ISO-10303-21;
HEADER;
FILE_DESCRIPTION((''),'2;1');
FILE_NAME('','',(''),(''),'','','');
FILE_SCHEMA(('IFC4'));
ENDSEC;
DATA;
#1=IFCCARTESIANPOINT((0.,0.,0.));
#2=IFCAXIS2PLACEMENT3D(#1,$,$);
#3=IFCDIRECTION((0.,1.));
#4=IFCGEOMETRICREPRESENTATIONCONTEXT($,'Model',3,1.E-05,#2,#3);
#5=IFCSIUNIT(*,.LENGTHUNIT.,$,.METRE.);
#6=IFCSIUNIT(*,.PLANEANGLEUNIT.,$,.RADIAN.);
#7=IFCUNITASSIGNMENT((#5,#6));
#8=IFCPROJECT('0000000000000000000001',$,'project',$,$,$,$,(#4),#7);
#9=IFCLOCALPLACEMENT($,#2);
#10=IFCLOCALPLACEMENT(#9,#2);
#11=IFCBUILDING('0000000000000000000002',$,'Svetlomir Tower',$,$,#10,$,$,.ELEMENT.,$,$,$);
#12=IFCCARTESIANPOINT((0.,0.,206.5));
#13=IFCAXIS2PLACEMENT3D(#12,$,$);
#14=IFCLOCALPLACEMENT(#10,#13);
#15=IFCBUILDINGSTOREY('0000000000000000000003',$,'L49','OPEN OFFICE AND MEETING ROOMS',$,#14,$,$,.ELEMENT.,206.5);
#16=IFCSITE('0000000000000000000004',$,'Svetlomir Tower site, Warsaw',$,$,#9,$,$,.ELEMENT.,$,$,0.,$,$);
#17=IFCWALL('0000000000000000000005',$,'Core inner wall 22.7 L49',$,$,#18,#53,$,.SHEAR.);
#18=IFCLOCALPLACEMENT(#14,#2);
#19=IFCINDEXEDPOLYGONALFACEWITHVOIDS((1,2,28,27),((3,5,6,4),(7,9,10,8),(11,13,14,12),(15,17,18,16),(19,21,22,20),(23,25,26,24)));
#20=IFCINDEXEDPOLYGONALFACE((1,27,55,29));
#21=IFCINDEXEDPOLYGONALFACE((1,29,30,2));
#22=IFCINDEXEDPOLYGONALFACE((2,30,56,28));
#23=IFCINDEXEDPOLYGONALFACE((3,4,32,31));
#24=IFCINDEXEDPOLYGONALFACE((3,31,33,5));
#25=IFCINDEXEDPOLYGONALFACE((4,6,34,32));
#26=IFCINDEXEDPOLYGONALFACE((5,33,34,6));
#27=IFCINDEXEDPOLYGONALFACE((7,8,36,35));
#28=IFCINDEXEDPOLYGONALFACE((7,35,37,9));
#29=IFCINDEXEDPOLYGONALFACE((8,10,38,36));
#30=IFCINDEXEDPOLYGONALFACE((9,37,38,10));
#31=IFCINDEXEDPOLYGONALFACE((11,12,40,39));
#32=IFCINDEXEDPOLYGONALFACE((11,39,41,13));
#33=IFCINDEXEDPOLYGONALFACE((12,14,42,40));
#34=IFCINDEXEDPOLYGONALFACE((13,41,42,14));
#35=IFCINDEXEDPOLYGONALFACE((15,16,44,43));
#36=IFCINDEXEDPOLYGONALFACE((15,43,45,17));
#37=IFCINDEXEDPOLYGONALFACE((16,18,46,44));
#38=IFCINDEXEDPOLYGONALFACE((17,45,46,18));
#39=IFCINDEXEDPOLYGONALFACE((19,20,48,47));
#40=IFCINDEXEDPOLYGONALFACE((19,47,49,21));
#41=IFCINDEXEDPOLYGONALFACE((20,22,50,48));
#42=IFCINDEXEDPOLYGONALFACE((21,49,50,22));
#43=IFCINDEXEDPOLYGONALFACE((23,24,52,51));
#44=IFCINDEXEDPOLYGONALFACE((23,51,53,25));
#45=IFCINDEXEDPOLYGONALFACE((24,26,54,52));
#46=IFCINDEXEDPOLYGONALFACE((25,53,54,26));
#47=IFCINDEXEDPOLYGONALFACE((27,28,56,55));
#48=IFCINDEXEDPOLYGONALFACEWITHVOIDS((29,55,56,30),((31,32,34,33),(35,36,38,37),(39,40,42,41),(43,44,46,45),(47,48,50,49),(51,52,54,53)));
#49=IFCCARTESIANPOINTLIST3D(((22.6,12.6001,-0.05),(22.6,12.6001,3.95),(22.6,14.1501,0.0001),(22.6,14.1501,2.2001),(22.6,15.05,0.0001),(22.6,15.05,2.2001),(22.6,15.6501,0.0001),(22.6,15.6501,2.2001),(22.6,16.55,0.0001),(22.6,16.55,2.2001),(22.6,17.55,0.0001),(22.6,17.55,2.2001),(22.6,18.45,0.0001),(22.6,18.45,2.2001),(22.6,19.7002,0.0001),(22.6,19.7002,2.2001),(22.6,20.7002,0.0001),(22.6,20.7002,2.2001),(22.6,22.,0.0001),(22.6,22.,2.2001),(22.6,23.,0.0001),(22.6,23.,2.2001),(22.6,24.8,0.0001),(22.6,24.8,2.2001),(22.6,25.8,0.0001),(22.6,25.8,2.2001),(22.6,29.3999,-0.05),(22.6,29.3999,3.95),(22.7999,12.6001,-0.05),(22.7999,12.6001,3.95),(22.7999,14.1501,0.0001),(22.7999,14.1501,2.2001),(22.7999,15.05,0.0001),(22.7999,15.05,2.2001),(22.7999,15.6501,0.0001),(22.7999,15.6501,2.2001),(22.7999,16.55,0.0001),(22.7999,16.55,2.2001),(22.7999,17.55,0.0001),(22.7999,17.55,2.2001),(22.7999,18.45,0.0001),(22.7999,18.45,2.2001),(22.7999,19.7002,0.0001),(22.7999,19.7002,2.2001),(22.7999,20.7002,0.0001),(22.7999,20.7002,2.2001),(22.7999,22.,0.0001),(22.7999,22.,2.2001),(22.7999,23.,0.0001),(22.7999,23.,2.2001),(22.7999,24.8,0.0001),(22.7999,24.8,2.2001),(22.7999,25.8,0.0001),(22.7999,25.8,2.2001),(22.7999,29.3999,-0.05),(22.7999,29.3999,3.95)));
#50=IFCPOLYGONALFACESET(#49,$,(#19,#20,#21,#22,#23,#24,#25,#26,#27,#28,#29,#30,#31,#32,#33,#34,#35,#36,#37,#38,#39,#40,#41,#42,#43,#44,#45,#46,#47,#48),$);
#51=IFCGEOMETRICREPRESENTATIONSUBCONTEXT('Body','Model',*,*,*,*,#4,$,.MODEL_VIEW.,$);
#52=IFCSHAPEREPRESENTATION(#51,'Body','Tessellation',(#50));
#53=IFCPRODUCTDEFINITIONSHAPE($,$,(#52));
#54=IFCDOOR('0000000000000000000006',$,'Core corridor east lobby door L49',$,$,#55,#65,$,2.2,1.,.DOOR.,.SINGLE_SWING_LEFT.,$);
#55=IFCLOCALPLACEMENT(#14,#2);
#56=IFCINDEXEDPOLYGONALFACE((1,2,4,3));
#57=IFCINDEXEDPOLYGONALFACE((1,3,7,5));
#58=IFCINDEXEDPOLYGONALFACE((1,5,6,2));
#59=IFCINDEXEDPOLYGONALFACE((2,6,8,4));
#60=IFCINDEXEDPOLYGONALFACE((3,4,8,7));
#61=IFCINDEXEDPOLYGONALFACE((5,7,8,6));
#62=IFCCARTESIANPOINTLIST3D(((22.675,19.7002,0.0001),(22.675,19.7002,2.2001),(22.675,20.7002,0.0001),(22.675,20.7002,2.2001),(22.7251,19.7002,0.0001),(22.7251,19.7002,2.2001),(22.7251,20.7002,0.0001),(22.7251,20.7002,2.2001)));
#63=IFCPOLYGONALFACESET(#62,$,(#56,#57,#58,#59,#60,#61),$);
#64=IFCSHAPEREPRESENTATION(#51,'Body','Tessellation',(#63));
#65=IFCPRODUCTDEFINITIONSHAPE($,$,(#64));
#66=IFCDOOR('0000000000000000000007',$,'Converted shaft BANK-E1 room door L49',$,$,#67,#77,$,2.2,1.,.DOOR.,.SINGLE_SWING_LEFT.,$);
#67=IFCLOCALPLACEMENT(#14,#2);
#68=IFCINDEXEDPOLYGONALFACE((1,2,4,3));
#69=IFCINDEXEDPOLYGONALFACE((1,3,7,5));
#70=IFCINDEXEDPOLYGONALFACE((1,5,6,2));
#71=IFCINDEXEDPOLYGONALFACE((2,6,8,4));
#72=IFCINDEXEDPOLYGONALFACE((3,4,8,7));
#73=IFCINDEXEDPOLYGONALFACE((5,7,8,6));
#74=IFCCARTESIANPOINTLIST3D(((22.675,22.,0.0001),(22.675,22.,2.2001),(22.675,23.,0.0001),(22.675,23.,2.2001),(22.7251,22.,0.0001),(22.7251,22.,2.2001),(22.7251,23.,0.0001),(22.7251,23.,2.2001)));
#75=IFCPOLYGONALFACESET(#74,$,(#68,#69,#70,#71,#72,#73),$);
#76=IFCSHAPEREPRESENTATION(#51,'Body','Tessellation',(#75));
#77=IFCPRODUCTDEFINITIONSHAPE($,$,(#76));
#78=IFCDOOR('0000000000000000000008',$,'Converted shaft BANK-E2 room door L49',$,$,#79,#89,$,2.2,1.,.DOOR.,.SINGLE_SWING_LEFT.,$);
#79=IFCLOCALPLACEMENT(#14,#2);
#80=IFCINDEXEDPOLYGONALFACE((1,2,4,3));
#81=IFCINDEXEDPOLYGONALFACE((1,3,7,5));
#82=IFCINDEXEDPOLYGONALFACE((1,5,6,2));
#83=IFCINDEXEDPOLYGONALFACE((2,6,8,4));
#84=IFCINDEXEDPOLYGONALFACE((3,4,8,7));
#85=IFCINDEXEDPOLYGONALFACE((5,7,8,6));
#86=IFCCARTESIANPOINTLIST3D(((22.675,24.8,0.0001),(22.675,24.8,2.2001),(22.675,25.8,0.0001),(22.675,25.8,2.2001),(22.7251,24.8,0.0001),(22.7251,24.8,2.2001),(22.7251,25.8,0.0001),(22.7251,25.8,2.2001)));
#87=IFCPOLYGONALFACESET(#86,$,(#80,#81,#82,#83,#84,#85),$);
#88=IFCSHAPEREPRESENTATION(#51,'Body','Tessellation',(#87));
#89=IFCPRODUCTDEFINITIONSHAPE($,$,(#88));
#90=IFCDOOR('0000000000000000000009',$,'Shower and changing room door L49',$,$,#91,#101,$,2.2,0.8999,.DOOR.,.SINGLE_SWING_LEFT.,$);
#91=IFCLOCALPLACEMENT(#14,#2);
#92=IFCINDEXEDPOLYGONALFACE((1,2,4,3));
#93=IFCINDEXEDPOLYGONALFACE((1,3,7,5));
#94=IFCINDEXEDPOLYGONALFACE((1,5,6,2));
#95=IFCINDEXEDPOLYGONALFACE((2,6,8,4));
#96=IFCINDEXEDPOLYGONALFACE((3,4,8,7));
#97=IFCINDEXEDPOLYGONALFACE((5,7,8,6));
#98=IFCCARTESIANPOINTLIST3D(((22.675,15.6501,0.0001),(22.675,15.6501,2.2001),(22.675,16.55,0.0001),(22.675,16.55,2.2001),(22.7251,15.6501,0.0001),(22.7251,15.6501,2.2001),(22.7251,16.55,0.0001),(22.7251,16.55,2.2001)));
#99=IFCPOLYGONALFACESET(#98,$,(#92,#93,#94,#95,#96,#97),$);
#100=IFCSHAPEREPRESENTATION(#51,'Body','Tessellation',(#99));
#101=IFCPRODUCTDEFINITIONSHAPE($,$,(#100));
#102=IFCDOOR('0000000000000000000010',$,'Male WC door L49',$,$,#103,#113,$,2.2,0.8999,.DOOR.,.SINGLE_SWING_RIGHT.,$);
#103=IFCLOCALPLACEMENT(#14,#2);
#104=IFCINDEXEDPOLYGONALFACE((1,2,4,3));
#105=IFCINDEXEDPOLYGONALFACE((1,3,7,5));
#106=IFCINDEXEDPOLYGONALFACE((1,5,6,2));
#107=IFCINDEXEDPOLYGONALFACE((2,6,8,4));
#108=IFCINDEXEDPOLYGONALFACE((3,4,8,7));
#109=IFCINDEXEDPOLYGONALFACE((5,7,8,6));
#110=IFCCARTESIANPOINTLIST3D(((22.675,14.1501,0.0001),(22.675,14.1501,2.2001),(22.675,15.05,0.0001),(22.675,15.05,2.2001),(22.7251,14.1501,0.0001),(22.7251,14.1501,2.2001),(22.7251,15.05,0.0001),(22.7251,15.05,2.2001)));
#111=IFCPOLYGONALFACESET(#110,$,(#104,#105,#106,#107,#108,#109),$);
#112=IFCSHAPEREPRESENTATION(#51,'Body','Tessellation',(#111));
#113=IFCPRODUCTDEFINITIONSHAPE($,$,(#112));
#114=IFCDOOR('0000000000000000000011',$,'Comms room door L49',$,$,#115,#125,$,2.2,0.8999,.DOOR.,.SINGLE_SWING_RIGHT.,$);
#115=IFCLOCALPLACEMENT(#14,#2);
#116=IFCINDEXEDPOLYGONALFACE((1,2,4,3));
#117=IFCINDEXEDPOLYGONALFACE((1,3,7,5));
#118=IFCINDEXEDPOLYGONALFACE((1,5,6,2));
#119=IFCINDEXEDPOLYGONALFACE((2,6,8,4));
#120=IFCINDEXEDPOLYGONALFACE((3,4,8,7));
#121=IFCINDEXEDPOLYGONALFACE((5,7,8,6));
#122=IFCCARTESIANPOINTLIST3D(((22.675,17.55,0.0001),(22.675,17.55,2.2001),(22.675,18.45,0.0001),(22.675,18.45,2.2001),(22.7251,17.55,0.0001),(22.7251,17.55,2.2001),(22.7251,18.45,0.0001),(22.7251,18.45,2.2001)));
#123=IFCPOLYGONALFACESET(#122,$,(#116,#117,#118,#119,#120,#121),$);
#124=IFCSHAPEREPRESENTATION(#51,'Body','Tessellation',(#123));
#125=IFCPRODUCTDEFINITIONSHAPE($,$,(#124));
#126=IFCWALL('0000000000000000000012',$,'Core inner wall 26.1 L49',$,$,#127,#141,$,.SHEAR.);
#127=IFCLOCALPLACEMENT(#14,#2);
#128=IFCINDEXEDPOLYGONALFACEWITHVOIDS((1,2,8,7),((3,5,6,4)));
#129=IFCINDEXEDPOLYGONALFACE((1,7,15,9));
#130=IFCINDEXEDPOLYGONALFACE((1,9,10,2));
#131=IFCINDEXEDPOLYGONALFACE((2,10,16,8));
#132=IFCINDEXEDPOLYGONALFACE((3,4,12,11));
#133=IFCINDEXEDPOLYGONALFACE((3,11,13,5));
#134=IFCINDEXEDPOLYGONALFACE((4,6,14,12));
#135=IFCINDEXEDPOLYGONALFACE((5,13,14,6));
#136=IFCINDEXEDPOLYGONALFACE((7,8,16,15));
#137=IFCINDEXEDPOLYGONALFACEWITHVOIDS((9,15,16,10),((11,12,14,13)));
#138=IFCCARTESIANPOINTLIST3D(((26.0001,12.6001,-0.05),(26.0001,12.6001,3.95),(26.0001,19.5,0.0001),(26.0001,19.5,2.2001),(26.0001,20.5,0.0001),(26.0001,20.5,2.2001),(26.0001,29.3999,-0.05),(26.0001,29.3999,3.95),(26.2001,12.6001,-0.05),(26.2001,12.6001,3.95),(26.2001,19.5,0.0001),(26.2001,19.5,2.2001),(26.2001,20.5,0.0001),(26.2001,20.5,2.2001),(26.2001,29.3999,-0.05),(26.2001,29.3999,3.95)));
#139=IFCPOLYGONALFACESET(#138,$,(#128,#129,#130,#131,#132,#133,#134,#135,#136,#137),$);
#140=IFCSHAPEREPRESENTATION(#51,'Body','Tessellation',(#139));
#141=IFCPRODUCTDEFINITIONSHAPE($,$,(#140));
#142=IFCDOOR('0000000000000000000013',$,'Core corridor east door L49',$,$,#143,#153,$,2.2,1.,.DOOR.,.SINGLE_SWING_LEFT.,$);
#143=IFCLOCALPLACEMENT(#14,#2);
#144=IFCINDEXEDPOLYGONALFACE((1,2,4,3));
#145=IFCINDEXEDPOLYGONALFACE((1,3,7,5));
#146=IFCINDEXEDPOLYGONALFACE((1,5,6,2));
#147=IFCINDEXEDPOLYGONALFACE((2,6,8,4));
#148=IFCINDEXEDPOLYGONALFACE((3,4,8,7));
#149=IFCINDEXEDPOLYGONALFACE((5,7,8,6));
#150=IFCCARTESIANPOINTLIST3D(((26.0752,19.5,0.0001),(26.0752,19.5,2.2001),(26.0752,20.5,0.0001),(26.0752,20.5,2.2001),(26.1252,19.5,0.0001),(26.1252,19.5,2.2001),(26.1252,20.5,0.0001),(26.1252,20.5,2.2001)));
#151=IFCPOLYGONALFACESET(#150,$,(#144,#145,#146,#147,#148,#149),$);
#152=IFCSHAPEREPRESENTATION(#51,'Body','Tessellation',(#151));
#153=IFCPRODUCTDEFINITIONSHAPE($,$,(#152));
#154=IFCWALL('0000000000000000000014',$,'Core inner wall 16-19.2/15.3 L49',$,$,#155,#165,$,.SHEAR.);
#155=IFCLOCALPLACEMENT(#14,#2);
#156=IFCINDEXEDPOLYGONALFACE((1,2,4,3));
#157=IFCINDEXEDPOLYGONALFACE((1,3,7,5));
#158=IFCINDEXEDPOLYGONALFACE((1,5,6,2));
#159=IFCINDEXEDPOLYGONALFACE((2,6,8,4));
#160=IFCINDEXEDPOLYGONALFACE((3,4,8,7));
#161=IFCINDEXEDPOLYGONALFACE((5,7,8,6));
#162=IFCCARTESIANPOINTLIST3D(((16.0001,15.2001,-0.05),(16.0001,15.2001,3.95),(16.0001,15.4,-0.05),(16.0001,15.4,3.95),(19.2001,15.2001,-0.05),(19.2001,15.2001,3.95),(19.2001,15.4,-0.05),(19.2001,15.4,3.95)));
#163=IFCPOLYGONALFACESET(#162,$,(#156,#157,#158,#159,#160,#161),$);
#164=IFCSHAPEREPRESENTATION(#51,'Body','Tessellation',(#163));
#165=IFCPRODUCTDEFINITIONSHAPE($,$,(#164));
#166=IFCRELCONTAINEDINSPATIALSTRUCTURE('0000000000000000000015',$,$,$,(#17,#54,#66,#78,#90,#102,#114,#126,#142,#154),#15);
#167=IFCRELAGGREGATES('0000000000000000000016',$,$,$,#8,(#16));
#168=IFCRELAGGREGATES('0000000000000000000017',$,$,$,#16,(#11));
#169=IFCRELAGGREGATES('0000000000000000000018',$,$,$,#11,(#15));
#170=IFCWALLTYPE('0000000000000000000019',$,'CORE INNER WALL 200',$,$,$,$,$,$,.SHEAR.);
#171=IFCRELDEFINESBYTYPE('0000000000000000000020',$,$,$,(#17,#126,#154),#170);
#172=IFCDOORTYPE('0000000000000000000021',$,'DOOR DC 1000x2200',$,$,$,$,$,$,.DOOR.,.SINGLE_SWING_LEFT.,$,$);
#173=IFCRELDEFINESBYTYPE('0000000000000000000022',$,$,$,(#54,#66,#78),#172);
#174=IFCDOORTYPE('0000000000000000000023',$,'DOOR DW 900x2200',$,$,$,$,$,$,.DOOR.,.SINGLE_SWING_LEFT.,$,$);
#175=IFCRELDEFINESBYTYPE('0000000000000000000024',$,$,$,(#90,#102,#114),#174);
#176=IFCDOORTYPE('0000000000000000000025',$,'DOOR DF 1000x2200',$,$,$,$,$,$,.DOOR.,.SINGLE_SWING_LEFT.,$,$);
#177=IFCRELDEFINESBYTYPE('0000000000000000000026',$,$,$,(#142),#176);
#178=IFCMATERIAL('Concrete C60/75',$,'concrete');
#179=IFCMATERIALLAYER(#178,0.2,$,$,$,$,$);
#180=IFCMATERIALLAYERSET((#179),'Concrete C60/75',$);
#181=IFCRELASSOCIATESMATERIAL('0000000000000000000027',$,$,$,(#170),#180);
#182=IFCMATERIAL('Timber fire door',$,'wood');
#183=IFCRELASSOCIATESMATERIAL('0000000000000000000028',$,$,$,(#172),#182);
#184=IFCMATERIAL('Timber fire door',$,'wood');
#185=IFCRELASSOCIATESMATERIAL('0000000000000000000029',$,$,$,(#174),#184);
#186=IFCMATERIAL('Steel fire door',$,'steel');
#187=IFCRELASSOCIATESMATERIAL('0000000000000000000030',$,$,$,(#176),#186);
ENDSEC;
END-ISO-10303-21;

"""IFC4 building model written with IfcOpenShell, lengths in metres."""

from ifc_helpers import new_model, si_unit, direction, frame, frame_2d, origin, place, context, subcontext, project, spatial, rectangle, extrude, material, layer, layer_set, type_object, element, fill, save


model = new_model("IFC4")

# Units and contexts
model_context = context("Model", 3, precision=1e-05, world=origin(), true_north=direction((0.0, 1.0)))
body_context = subcontext(model_context, "Body", "Model", "MODEL_VIEW")
ifc_project = project(units=[si_unit("LENGTHUNIT", "METRE"), si_unit("PLANEANGLEUNIT", "RADIAN")], contexts=[model_context])

# Site, building, storey
site_placement = place(None, origin())
site = spatial("IfcSite", under=ifc_project, at=site_placement, Name="Svetlomir Tower site, Warsaw", CompositionType="ELEMENT", RefElevation=0.0)
building_placement = place(site_placement, origin())
building = spatial("IfcBuilding", under=site, at=building_placement, Name="Svetlomir Tower", CompositionType="ELEMENT")
storey_placement = place(building_placement, frame((0.0, 0.0, 206.5)))
storey = spatial("IfcBuildingStorey", under=building, at=storey_placement, Name="L49", Description="OPEN OFFICE AND MEETING ROOMS", CompositionType="ELEMENT", Elevation=206.5)

# Wall, openings, doors
ifc_material_1 = material(Name="Concrete C60/75", Category="concrete")
ifc_layer_1 = layer(ifc_material_1, 0.2)
ifc_layer_set_1 = layer_set([ifc_layer_1], Name="Concrete C60/75")
wall_type_1 = type_object("IfcWallType", Name="CORE INNER WALL 200", PredefinedType="SHEAR", material=ifc_layer_set_1)
wall_1_placement = place(storey_placement, frame((22.7, 12.6001, -0.05), z_axis=(0.0, 0.0, 1.0), x_axis=(0.0, 1.0, 0.0)))
wall_1 = element("IfcWall", 1, at=wall_1_placement, inside=storey, type_object=wall_type_1, Name="Core inner wall 22.7 L49", PredefinedType="SHEAR", context=body_context, shape_type="SweptSolid", body=[
    extrude(rectangle(XDim=16.7998, YDim=0.2, at=frame_2d((8.3999, 0.0))), origin(), (0.0, 0.0, 1.0), 4.0),
])
opening_1_placement = place(wall_1_placement, frame((3.05, 0.0, 0.05)))
opening_1 = element("IfcOpeningElement", 2, at=opening_1_placement, cuts=wall_1, PredefinedType="OPENING", context=body_context, shape_type="SweptSolid", body=[
    extrude(rectangle(XDim=0.8999, YDim=2.2, at=frame_2d((0.45, 1.1001))), frame((0.0, 0.1099, 0.0), z_axis=(0.0, -1.0, 0.0), x_axis=(1.0, 0.0, 0.0)), (0.0, 0.0, 1.0), 0.22),
])
opening_2_placement = place(wall_1_placement, frame((7.1001, 0.0, 0.05)))
opening_2 = element("IfcOpeningElement", 3, at=opening_2_placement, cuts=wall_1, PredefinedType="OPENING", context=body_context, shape_type="SweptSolid", body=[
    extrude(rectangle(XDim=1.0, YDim=2.2, at=frame_2d((0.5, 1.1001))), frame((0.0, 0.1099, 0.0), z_axis=(0.0, -1.0, 0.0), x_axis=(1.0, 0.0, 0.0)), (0.0, 0.0, 1.0), 0.22),
])
opening_3_placement = place(wall_1_placement, frame((1.55, 0.0, 0.05)))
opening_3 = element("IfcOpeningElement", 4, at=opening_3_placement, cuts=wall_1, PredefinedType="OPENING", context=body_context, shape_type="SweptSolid", body=[
    extrude(rectangle(XDim=0.8999, YDim=2.2, at=frame_2d((0.45, 1.1001))), frame((0.0, 0.1099, 0.0), z_axis=(0.0, -1.0, 0.0), x_axis=(1.0, 0.0, 0.0)), (0.0, 0.0, 1.0), 0.22),
])
opening_4_placement = place(wall_1_placement, frame((4.95, 0.0, 0.05)))
opening_4 = element("IfcOpeningElement", 5, at=opening_4_placement, cuts=wall_1, PredefinedType="OPENING", context=body_context, shape_type="SweptSolid", body=[
    extrude(rectangle(XDim=0.8999, YDim=2.2, at=frame_2d((0.45, 1.1001))), frame((0.0, 0.1099, 0.0), z_axis=(0.0, -1.0, 0.0), x_axis=(1.0, 0.0, 0.0)), (0.0, 0.0, 1.0), 0.22),
])
opening_5_placement = place(wall_1_placement, frame((9.3999, 0.0, 0.05)))
opening_5 = element("IfcOpeningElement", 6, at=opening_5_placement, cuts=wall_1, PredefinedType="OPENING", context=body_context, shape_type="SweptSolid", body=[
    extrude(rectangle(XDim=1.0, YDim=2.2, at=frame_2d((0.5, 1.1001))), frame((0.0, 0.1099, 0.0), z_axis=(0.0, -1.0, 0.0), x_axis=(1.0, 0.0, 0.0)), (0.0, 0.0, 1.0), 0.22),
])
opening_6_placement = place(wall_1_placement, frame((12.2, 0.0, 0.05)))
opening_6 = element("IfcOpeningElement", 7, at=opening_6_placement, cuts=wall_1, PredefinedType="OPENING", context=body_context, shape_type="SweptSolid", body=[
    extrude(rectangle(XDim=1.0, YDim=2.2, at=frame_2d((0.5, 1.1001))), frame((0.0, 0.1099, 0.0), z_axis=(0.0, -1.0, 0.0), x_axis=(1.0, 0.0, 0.0)), (0.0, 0.0, 1.0), 0.22),
])
ifc_material_2 = material(Name="Timber fire door", Category="wood")
door_type_1 = type_object("IfcDoorType", Name="DOOR DC 1000x2200", OperationType="SINGLE_SWING_LEFT", PredefinedType="DOOR", material=ifc_material_2)
door_1_placement = place(opening_2_placement, origin())
door_1 = element("IfcDoor", 8, at=door_1_placement, inside=storey, type_object=door_type_1, Name="Core corridor east lobby door L49", OperationType="SINGLE_SWING_LEFT", OverallHeight=2.2, OverallWidth=1.0, PredefinedType="DOOR", context=body_context, shape_type="SweptSolid", body=[
    extrude(rectangle(XDim=1.0, YDim=2.2, at=frame_2d((0.5, 1.1001))), frame((0.0, 0.0249, 0.0), z_axis=(0.0, -1.0, 0.0), x_axis=(1.0, 0.0, 0.0)), (0.0, 0.0, 1.0), 0.05),
])
fill(opening_2, door_1)
door_2_placement = place(opening_5_placement, origin())
door_2 = element("IfcDoor", 9, at=door_2_placement, inside=storey, type_object=door_type_1, Name="Converted shaft BANK-E1 room door L49", OperationType="SINGLE_SWING_LEFT", OverallHeight=2.2, OverallWidth=1.0, PredefinedType="DOOR", context=body_context, shape_type="SweptSolid", body=[
    extrude(rectangle(XDim=1.0, YDim=2.2, at=frame_2d((0.5, 1.1001))), frame((0.0, 0.0249, 0.0), z_axis=(0.0, -1.0, 0.0), x_axis=(1.0, 0.0, 0.0)), (0.0, 0.0, 1.0), 0.05),
])
fill(opening_5, door_2)
door_3_placement = place(opening_6_placement, origin())
door_3 = element("IfcDoor", 10, at=door_3_placement, inside=storey, type_object=door_type_1, Name="Converted shaft BANK-E2 room door L49", OperationType="SINGLE_SWING_LEFT", OverallHeight=2.2, OverallWidth=1.0, PredefinedType="DOOR", context=body_context, shape_type="SweptSolid", body=[
    extrude(rectangle(XDim=1.0, YDim=2.2, at=frame_2d((0.5, 1.1001))), frame((0.0, 0.0249, 0.0), z_axis=(0.0, -1.0, 0.0), x_axis=(1.0, 0.0, 0.0)), (0.0, 0.0, 1.0), 0.05),
])
fill(opening_6, door_3)
ifc_material_3 = material(Name="Timber fire door", Category="wood")
door_type_2 = type_object("IfcDoorType", Name="DOOR DW 900x2200", OperationType="SINGLE_SWING_LEFT", PredefinedType="DOOR", material=ifc_material_3)
door_4_placement = place(opening_1_placement, origin())
door_4 = element("IfcDoor", 11, at=door_4_placement, inside=storey, type_object=door_type_2, Name="Shower and changing room door L49", OperationType="SINGLE_SWING_LEFT", OverallHeight=2.2, OverallWidth=0.8999, PredefinedType="DOOR", context=body_context, shape_type="SweptSolid", body=[
    extrude(rectangle(XDim=0.8999, YDim=2.2, at=frame_2d((0.45, 1.1001))), frame((0.0, 0.0249, 0.0), z_axis=(0.0, -1.0, 0.0), x_axis=(1.0, 0.0, 0.0)), (0.0, 0.0, 1.0), 0.05),
])
fill(opening_1, door_4)
door_5_placement = place(opening_3_placement, origin())
door_5 = element("IfcDoor", 12, at=door_5_placement, inside=storey, type_object=door_type_2, Name="Male WC door L49", OperationType="SINGLE_SWING_RIGHT", OverallHeight=2.2, OverallWidth=0.8999, PredefinedType="DOOR", context=body_context, shape_type="SweptSolid", body=[
    extrude(rectangle(XDim=0.8999, YDim=2.2, at=frame_2d((0.45, 1.1001))), frame((0.0, 0.0249, 0.0), z_axis=(0.0, -1.0, 0.0), x_axis=(1.0, 0.0, 0.0)), (0.0, 0.0, 1.0), 0.05),
])
fill(opening_3, door_5)
door_6_placement = place(opening_4_placement, origin())
door_6 = element("IfcDoor", 13, at=door_6_placement, inside=storey, type_object=door_type_2, Name="Comms room door L49", OperationType="SINGLE_SWING_RIGHT", OverallHeight=2.2, OverallWidth=0.8999, PredefinedType="DOOR", context=body_context, shape_type="SweptSolid", body=[
    extrude(rectangle(XDim=0.8999, YDim=2.2, at=frame_2d((0.45, 1.1001))), frame((0.0, 0.0249, 0.0), z_axis=(0.0, -1.0, 0.0), x_axis=(1.0, 0.0, 0.0)), (0.0, 0.0, 1.0), 0.05),
])
fill(opening_4, door_6)

# Wall, opening, door
wall_2_placement = place(storey_placement, frame((26.1001, 12.6001, -0.05), z_axis=(0.0, 0.0, 1.0), x_axis=(0.0, 1.0, 0.0)))
wall_2 = element("IfcWall", 14, at=wall_2_placement, inside=storey, type_object=wall_type_1, Name="Core inner wall 26.1 L49", PredefinedType="SHEAR", context=body_context, shape_type="SweptSolid", body=[
    extrude(rectangle(XDim=16.7998, YDim=0.2, at=frame_2d((8.3999, 0.0))), origin(), (0.0, 0.0, 1.0), 4.0),
])
opening_7_placement = place(wall_2_placement, frame((6.8999, 0.0, 0.05)))
opening_7 = element("IfcOpeningElement", 15, at=opening_7_placement, cuts=wall_2, PredefinedType="OPENING", context=body_context, shape_type="SweptSolid", body=[
    extrude(rectangle(XDim=1.0, YDim=2.2, at=frame_2d((0.5, 1.1001))), frame((0.0, 0.1099, 0.0), z_axis=(0.0, -1.0, 0.0), x_axis=(1.0, 0.0, 0.0)), (0.0, 0.0, 1.0), 0.22),
])
ifc_material_4 = material(Name="Steel fire door", Category="steel")
door_type_3 = type_object("IfcDoorType", Name="DOOR DF 1000x2200", OperationType="SINGLE_SWING_LEFT", PredefinedType="DOOR", material=ifc_material_4)
door_7_placement = place(opening_7_placement, origin())
door_7 = element("IfcDoor", 16, at=door_7_placement, inside=storey, type_object=door_type_3, Name="Core corridor east door L49", OperationType="SINGLE_SWING_LEFT", OverallHeight=2.2, OverallWidth=1.0, PredefinedType="DOOR", context=body_context, shape_type="SweptSolid", body=[
    extrude(rectangle(XDim=1.0, YDim=2.2, at=frame_2d((0.5, 1.1001))), frame((0.0, 0.0249, 0.0), z_axis=(0.0, -1.0, 0.0), x_axis=(1.0, 0.0, 0.0)), (0.0, 0.0, 1.0), 0.05),
])
fill(opening_7, door_7)

# Wall
for number, where, z_axis, x_axis, name in (
    (17, (16.0, 15.3, -0.05), (0.0, 0.0, 1.0), (1.0, 0.0, 0.0), "Core inner wall 16-19.2/15.3 L49"),
):
    element("IfcWall", number, at=place(storey_placement, frame(where, z_axis=z_axis, x_axis=x_axis)), inside=storey, type_object=wall_type_1, Name=name, PredefinedType="SHEAR", context=body_context, shape_type="SweptSolid", body=[
        extrude(rectangle(XDim=3.2, YDim=0.2, at=frame_2d((1.6001, 0.0))), origin(), (0.0, 0.0, 1.0), 4.0),
    ])

save(model, "model.ifc")
